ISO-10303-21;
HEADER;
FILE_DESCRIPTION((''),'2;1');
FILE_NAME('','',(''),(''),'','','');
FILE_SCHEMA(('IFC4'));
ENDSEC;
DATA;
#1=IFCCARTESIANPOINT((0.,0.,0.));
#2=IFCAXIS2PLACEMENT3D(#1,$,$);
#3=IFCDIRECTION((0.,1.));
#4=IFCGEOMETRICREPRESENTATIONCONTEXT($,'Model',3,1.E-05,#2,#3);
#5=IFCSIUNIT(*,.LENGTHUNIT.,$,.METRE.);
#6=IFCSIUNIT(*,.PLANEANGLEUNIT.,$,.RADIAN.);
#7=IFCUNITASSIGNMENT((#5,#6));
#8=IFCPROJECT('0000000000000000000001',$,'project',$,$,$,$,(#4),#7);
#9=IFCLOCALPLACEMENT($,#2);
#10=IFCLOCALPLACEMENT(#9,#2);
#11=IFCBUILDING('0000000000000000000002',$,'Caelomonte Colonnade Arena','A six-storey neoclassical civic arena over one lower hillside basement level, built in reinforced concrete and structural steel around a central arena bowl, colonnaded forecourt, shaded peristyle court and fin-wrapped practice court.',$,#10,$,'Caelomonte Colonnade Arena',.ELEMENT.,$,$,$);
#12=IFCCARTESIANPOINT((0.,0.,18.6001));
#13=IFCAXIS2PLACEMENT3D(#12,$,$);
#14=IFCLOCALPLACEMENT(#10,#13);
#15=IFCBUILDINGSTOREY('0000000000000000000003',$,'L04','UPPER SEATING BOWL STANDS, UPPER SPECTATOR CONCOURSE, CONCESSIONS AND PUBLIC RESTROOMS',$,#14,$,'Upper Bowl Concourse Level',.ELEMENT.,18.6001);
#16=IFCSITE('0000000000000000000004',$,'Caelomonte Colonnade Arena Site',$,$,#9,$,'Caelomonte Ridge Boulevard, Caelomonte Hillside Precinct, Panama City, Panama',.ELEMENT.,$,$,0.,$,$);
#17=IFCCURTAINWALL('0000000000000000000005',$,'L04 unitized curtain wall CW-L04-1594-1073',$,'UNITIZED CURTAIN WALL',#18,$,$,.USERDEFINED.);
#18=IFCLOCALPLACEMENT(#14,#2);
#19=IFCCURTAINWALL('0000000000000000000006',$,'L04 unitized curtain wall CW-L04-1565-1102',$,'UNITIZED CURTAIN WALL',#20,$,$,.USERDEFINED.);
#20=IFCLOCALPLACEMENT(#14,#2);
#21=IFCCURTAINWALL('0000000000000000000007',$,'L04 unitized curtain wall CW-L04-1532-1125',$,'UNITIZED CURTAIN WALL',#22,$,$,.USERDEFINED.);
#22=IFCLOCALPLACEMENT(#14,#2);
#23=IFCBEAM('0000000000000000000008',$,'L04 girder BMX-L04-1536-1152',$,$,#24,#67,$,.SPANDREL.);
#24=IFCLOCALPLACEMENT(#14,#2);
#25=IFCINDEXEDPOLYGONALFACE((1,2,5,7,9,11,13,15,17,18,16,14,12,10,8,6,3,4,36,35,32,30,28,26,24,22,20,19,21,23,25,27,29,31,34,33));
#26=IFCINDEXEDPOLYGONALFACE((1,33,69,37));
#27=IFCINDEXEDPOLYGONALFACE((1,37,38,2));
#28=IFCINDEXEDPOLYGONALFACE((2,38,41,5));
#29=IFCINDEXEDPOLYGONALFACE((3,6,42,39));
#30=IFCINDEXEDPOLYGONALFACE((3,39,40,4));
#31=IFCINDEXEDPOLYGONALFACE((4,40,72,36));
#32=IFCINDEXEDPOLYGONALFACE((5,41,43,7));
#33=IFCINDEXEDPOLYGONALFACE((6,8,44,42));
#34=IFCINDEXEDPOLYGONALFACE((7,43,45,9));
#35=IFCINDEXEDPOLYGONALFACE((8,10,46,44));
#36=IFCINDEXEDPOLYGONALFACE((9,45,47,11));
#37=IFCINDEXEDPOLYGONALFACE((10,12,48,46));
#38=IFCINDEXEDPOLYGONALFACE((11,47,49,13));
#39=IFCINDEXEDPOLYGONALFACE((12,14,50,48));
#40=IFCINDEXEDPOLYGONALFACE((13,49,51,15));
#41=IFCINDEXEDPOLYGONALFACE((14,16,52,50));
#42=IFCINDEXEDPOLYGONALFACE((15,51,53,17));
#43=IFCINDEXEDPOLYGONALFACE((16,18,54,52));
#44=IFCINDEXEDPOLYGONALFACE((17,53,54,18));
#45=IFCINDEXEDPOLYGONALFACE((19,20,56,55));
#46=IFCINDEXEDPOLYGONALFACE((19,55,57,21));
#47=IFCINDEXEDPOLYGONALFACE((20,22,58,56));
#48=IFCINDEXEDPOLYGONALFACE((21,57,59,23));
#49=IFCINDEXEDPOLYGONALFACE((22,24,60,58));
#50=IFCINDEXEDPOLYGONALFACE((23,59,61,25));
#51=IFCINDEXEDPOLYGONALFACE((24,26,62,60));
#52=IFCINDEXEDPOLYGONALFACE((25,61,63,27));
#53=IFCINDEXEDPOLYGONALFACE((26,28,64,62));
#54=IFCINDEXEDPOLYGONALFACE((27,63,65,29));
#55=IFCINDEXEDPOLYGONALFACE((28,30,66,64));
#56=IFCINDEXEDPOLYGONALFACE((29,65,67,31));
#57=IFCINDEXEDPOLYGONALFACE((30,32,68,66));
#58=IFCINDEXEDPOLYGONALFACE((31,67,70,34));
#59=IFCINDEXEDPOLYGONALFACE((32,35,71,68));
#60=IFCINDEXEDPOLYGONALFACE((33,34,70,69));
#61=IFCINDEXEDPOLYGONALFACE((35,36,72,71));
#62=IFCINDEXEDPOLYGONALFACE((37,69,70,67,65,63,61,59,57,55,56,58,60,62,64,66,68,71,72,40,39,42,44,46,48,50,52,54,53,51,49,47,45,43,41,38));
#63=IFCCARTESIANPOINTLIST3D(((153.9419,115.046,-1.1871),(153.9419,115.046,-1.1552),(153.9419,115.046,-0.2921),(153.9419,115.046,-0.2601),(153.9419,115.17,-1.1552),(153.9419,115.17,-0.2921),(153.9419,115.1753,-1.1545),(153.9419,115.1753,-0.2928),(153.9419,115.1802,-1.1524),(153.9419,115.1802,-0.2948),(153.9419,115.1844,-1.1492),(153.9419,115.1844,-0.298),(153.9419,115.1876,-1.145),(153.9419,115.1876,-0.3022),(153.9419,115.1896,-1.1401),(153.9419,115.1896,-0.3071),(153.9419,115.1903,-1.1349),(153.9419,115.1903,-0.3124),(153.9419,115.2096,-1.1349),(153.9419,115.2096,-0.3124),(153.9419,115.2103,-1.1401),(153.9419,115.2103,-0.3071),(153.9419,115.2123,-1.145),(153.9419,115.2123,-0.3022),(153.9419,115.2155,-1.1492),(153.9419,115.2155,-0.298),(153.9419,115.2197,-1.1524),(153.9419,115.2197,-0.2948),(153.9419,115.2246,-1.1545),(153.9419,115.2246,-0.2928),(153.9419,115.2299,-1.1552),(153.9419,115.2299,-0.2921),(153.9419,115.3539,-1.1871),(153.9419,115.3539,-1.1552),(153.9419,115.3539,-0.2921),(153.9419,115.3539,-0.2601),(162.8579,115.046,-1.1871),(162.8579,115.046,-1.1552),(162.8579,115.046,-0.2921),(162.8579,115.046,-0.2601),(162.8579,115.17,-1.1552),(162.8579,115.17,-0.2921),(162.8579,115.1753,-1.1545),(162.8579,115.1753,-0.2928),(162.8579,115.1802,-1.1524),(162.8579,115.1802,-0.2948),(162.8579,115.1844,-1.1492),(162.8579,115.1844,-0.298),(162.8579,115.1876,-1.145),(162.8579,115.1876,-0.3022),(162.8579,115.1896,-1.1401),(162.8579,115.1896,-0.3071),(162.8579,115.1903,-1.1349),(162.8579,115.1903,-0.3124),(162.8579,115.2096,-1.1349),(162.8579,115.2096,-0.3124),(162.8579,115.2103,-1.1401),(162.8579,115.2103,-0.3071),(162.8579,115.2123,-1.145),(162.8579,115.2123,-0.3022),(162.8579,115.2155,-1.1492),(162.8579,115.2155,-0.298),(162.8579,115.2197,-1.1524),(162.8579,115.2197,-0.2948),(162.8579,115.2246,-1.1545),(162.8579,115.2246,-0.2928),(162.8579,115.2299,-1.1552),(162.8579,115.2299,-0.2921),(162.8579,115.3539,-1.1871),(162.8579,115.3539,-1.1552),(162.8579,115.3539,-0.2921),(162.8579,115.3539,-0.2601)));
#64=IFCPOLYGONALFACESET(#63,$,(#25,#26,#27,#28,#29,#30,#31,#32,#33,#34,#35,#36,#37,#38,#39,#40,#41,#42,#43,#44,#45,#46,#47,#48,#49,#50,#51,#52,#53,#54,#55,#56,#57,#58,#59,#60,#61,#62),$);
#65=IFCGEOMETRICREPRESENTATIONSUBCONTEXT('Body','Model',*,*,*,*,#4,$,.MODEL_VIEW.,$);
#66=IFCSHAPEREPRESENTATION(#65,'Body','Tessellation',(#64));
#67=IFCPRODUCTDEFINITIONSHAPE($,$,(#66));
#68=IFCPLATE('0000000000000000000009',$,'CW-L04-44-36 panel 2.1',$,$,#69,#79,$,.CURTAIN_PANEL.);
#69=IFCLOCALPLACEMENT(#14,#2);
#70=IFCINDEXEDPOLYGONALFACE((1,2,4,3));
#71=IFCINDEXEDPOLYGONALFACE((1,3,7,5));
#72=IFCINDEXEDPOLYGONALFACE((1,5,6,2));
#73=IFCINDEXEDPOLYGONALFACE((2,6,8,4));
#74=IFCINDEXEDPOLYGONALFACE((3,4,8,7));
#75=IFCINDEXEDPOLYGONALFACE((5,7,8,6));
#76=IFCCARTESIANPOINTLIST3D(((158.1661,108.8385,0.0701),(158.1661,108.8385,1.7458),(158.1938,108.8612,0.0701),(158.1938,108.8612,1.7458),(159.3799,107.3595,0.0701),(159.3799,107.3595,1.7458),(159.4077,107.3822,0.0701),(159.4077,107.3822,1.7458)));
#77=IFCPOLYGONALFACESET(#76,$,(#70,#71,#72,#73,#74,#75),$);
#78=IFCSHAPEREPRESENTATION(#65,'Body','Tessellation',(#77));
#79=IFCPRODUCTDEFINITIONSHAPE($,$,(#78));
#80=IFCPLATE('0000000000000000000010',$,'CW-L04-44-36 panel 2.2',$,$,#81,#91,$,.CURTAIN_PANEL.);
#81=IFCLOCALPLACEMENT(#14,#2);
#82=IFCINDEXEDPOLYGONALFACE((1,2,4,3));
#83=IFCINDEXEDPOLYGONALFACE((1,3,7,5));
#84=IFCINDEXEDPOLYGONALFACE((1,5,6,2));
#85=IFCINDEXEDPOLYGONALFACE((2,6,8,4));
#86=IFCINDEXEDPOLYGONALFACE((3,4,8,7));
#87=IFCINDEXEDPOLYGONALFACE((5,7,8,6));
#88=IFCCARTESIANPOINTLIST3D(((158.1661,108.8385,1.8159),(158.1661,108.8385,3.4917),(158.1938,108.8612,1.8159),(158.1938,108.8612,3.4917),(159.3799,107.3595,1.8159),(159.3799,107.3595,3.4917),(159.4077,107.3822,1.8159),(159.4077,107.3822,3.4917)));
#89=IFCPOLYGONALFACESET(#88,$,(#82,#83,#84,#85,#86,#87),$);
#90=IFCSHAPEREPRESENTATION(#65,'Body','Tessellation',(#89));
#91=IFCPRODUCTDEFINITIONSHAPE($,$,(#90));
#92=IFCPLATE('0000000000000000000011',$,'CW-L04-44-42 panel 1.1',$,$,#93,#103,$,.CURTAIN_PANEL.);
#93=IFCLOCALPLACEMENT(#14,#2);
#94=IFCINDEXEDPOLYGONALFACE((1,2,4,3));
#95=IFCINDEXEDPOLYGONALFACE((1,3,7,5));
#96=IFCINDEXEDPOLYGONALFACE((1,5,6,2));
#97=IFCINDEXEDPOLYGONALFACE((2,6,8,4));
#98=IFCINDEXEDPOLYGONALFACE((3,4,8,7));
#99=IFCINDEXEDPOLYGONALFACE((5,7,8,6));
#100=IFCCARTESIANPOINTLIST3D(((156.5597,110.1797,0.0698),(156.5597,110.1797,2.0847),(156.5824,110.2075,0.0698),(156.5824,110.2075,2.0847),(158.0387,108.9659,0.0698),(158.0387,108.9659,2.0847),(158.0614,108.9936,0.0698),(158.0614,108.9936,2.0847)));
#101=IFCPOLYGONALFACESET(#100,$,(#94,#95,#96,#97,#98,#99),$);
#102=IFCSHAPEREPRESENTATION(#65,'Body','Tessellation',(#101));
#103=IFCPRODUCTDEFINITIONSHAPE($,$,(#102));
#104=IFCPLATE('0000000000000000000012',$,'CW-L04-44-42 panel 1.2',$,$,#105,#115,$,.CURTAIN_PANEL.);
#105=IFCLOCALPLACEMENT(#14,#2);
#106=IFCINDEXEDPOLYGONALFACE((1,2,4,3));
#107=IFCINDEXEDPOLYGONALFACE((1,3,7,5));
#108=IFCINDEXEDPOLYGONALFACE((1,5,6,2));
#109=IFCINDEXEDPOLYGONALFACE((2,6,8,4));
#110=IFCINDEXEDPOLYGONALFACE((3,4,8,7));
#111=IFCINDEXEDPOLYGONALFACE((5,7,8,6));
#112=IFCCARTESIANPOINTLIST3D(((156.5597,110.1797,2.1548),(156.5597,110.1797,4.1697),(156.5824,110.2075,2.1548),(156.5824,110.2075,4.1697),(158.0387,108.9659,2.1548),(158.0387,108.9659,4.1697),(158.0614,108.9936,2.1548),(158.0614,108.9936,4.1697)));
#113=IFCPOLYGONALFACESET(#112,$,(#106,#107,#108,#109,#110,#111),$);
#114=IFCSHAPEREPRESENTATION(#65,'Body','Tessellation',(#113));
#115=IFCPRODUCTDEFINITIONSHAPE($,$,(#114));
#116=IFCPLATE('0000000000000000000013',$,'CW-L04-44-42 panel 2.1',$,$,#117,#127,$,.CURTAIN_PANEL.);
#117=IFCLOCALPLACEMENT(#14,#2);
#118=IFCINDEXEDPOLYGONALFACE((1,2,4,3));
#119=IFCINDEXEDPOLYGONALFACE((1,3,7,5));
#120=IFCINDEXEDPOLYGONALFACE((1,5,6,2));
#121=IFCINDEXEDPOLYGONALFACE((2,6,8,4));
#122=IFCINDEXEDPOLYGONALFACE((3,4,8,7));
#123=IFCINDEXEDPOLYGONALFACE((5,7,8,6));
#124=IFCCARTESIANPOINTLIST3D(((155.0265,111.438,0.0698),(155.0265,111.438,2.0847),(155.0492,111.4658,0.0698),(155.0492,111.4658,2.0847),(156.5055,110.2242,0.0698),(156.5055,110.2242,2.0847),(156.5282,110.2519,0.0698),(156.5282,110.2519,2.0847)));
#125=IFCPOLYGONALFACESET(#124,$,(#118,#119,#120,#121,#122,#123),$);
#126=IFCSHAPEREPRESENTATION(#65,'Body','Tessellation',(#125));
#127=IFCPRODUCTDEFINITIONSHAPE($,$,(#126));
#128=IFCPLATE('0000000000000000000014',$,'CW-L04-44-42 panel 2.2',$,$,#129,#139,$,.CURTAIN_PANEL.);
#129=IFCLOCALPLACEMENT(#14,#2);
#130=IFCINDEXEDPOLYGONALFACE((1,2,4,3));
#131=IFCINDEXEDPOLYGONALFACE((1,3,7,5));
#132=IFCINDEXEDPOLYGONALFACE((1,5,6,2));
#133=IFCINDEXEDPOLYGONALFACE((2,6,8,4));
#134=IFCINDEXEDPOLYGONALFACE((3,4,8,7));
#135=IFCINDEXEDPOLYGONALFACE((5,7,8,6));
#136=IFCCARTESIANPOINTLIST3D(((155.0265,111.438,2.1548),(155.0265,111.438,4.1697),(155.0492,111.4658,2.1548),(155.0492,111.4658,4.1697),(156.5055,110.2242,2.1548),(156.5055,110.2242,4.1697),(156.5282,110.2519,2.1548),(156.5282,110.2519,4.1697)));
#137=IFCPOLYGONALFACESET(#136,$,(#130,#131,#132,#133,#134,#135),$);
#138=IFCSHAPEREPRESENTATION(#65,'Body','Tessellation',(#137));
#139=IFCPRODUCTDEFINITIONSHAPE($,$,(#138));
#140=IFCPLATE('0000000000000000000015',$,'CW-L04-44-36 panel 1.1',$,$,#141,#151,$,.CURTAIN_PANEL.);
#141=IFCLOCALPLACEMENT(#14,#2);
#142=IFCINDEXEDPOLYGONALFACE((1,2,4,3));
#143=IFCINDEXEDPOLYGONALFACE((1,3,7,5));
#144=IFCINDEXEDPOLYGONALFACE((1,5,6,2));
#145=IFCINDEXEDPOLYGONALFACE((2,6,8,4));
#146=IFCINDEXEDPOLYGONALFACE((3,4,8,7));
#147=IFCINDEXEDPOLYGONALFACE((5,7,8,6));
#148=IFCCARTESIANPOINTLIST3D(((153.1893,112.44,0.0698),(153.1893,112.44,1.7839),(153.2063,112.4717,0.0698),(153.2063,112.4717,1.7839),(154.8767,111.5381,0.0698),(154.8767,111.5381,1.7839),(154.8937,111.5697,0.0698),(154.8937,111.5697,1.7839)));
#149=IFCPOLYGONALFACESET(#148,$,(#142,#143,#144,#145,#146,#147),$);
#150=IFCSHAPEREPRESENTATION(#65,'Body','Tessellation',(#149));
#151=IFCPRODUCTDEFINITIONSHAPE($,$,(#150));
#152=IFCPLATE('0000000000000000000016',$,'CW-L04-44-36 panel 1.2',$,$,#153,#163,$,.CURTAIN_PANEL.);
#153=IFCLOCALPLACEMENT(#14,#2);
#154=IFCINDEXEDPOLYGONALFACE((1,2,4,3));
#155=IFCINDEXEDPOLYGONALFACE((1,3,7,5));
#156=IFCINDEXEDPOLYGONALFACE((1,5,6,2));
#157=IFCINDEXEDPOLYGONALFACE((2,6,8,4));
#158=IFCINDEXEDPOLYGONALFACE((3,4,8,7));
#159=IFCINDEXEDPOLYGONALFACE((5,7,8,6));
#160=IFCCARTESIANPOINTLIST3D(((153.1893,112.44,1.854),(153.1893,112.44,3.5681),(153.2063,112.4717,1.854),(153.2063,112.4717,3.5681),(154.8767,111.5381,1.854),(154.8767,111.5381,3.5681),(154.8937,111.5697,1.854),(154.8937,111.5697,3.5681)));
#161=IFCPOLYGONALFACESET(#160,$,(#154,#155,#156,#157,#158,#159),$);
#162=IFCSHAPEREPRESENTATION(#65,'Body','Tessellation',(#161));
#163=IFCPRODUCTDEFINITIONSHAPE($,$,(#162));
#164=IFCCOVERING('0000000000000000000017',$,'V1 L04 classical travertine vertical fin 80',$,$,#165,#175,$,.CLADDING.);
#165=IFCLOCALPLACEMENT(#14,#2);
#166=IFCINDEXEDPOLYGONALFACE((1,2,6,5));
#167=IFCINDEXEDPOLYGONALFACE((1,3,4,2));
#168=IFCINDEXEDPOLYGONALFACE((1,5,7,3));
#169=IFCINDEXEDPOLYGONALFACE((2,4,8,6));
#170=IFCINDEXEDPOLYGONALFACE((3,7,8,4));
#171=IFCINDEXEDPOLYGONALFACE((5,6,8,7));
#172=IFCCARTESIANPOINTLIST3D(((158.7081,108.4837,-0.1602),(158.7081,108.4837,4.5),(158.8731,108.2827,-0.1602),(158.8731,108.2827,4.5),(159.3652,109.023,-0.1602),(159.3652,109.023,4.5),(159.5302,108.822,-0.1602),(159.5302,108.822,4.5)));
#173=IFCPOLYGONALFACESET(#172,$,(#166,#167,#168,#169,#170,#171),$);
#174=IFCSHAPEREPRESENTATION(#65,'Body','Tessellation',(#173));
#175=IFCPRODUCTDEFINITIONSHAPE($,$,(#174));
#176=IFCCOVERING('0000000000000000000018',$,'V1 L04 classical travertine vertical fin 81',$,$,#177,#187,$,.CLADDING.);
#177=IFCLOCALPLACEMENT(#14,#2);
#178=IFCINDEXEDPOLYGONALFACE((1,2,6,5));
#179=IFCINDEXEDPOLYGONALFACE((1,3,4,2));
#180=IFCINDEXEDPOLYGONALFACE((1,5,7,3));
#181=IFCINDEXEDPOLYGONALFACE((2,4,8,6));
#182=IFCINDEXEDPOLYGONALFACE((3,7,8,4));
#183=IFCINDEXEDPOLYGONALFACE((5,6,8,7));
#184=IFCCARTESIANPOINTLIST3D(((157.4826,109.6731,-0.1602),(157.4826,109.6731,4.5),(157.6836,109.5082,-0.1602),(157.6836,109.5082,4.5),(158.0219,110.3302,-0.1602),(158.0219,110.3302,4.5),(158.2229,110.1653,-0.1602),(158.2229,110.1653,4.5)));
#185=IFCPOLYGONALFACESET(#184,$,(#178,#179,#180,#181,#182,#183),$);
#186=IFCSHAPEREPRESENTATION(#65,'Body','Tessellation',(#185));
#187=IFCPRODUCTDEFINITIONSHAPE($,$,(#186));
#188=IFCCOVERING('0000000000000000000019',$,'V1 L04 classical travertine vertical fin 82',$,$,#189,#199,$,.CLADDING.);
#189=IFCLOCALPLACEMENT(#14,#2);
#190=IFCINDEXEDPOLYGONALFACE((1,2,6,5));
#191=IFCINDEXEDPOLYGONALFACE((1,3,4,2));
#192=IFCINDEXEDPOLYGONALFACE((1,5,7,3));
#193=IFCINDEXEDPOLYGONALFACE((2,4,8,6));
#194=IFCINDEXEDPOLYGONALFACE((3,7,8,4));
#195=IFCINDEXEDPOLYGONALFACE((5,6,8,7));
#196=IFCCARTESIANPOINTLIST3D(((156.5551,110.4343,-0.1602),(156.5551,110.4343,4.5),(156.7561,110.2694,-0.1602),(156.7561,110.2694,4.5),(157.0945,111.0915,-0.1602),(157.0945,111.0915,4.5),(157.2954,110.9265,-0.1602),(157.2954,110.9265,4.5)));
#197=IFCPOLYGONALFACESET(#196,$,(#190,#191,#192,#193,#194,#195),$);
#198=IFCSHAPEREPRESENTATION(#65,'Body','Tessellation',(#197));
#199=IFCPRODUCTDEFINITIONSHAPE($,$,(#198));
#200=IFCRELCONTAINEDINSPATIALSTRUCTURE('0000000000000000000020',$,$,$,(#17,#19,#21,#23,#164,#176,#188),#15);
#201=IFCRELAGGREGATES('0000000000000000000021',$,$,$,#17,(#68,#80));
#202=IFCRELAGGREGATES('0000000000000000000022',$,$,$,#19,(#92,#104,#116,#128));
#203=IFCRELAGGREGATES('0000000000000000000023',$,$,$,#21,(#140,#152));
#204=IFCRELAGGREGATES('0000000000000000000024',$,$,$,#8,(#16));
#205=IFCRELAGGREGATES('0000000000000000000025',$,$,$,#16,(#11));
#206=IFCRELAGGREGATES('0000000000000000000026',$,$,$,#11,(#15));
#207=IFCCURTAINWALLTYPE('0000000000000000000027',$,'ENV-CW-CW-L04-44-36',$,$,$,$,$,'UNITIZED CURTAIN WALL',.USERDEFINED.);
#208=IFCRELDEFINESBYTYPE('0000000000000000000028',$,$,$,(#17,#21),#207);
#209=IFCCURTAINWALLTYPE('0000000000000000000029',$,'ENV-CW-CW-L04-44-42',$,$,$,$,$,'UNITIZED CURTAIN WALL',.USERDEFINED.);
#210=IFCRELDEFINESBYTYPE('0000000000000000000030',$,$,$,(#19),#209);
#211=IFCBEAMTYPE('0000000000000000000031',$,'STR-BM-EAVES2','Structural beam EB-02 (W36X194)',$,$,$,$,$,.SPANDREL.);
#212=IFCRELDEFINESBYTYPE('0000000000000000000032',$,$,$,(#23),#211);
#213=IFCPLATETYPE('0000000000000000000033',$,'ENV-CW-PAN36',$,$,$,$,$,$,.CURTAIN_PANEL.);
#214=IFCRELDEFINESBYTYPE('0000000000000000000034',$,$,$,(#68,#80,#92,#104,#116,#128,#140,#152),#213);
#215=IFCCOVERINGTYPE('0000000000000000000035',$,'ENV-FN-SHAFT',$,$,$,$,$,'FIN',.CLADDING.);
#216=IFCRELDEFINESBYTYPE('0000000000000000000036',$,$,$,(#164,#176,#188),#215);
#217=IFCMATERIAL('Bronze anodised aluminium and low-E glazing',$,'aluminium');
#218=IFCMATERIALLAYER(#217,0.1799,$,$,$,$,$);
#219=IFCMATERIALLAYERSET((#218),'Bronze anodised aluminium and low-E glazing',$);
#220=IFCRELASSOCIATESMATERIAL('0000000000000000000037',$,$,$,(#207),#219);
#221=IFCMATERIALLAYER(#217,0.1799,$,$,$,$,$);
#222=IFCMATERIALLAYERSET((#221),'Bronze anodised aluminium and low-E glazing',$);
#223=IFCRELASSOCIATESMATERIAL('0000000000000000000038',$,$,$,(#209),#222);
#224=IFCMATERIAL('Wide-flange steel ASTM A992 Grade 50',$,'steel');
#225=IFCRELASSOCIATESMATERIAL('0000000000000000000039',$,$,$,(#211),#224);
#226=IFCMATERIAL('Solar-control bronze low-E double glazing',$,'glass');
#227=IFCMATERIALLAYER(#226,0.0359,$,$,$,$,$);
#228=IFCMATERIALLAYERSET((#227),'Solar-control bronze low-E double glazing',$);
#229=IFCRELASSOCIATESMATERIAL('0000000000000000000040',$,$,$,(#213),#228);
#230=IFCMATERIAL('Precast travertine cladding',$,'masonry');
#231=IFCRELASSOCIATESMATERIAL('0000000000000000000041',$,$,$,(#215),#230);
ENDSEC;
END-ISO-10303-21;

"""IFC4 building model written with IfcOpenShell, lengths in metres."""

from ifc_helpers import new_model, si_unit, direction, frame, origin, origin_2d, place, context, subcontext, project, spatial, rectangle, i_section, extrude, material, layer, layer_set, material_profile, profile_set, type_object, element, aggregate, save


model = new_model("IFC4")

# Units and contexts
model_context = context("Model", 3, precision=1e-05, world=origin(), true_north=direction((0.0, 1.0)))
body_context = subcontext(model_context, "Body", "Model", "MODEL_VIEW")
ifc_project = project(units=[si_unit("LENGTHUNIT", "METRE"), si_unit("PLANEANGLEUNIT", "RADIAN")], contexts=[model_context])

# Site, building, storey
site_placement = place(None, origin())
site = spatial("IfcSite", under=ifc_project, at=site_placement, Name="Caelomonte Colonnade Arena Site", LongName="Caelomonte Ridge Boulevard, Caelomonte Hillside Precinct, Panama City, Panama", CompositionType="ELEMENT", RefElevation=0.0)
building_placement = place(site_placement, origin())
building = spatial("IfcBuilding", under=site, at=building_placement, Name="Caelomonte Colonnade Arena", Description="A six-storey neoclassical civic arena over one lower hillside basement level, built in reinforced concrete and structural steel around a central arena bowl, colonnaded forecourt, shaded peristyle court and fin-wrapped practice court.", LongName="Caelomonte Colonnade Arena", CompositionType="ELEMENT")
storey_placement = place(building_placement, frame((0.0, 0.0, 18.6001)))
storey = spatial("IfcBuildingStorey", under=building, at=storey_placement, Name="L04", Description="UPPER SEATING BOWL STANDS, UPPER SPECTATOR CONCOURSE, CONCESSIONS AND PUBLIC RESTROOMS", LongName="Upper Bowl Concourse Level", CompositionType="ELEMENT", Elevation=18.6001)

# Curtain wall
ifc_material_1 = material(Name="Bronze anodised aluminium and low-E glazing", Category="aluminium")
ifc_layer_1 = layer(ifc_material_1, 0.1799)
ifc_layer_set_1 = layer_set([ifc_layer_1], Name="Bronze anodised aluminium and low-E glazing")
curtain_wall_type_1 = type_object("IfcCurtainWallType", Name="ENV-CW-CW-L04-44-36", ElementType="UNITIZED CURTAIN WALL", PredefinedType="USERDEFINED", material=ifc_layer_set_1)
curtain_wall_1_placement = place(storey_placement, origin())
curtain_wall_1 = element("IfcCurtainWall", 1, at=curtain_wall_1_placement, inside=storey, type_object=curtain_wall_type_1, Name="L04 unitized curtain wall CW-L04-1594-1073", ObjectType="UNITIZED CURTAIN WALL", PredefinedType="USERDEFINED")

# Curtain wall
ifc_layer_2 = layer(ifc_material_1, 0.1799)
ifc_layer_set_2 = layer_set([ifc_layer_2], Name="Bronze anodised aluminium and low-E glazing")
curtain_wall_type_2 = type_object("IfcCurtainWallType", Name="ENV-CW-CW-L04-44-42", ElementType="UNITIZED CURTAIN WALL", PredefinedType="USERDEFINED", material=ifc_layer_set_2)
curtain_wall_2_placement = place(storey_placement, origin())
curtain_wall_2 = element("IfcCurtainWall", 2, at=curtain_wall_2_placement, inside=storey, type_object=curtain_wall_type_2, Name="L04 unitized curtain wall CW-L04-1565-1102", ObjectType="UNITIZED CURTAIN WALL", PredefinedType="USERDEFINED")

# Curtain wall
curtain_wall_3_placement = place(storey_placement, origin())
curtain_wall_3 = element("IfcCurtainWall", 3, at=curtain_wall_3_placement, inside=storey, type_object=curtain_wall_type_1, Name="L04 unitized curtain wall CW-L04-1532-1125", ObjectType="UNITIZED CURTAIN WALL", PredefinedType="USERDEFINED")

# Beam
ifc_material_2 = material(Name="Wide-flange steel ASTM A992 Grade 50", Category="steel")
ifc_material_profile_1 = material_profile(ifc_material_2, i_section(OverallWidth=0.3079, OverallDepth=0.927, WebThickness=0.0193, FlangeThickness=0.032, FilletRadius=0.0203, at=origin_2d()), Name="W36X194")
ifc_profile_set_1 = profile_set([ifc_material_profile_1], Name="Wide-flange steel ASTM A992 Grade 50")
beam_type = type_object("IfcBeamType", Name="STR-BM-EAVES2", Description="Structural beam EB-02 (W36X194)", PredefinedType="SPANDREL", material=ifc_profile_set_1)
beam_placement = place(storey_placement, frame((153.9419, 115.2, -0.7236), z_axis=(1.0, 0.0, 0.0), x_axis=(0.0, 1.0, 0.0)))
element("IfcBeam", 4, at=beam_placement, inside=storey, type_object=beam_type, Name="L04 girder BMX-L04-1536-1152", PredefinedType="SPANDREL", context=body_context, shape_type="SweptSolid", body=[
    extrude(i_section(OverallWidth=0.3079, OverallDepth=0.927, WebThickness=0.0193, FlangeThickness=0.032, FilletRadius=0.0203, at=origin_2d()), origin(), (0.0, 0.0, 1.0), 8.916),
])

# Plates
ifc_material_3 = material(Name="Solar-control bronze low-E double glazing", Category="glass")
ifc_layer_3 = layer(ifc_material_3, 0.0359)
ifc_layer_set_3 = layer_set([ifc_layer_3], Name="Solar-control bronze low-E double glazing")
plate_type = type_object("IfcPlateType", Name="ENV-CW-PAN36", PredefinedType="CURTAIN_PANEL", material=ifc_layer_set_3)
plate_1_placement = place(storey_placement, frame((158.7869, 108.1104, 0.0701), z_axis=(0.0, 0.0, 1.0), x_axis=(-0.634416, 0.772992, 0.0)))
plate_1 = element("IfcPlate", 5, at=plate_1_placement, type_object=plate_type, Name="CW-L04-44-36 panel 2.1", PredefinedType="CURTAIN_PANEL", context=body_context, shape_type="SweptSolid", body=[
    extrude(rectangle(XDim=1.9133, YDim=0.0359, at=origin_2d()), origin(), (0.0, 0.0, 1.0), 1.6758),
])
plate_2_placement = place(storey_placement, frame((158.7869, 108.1104, 1.8159), z_axis=(0.0, 0.0, 1.0), x_axis=(-0.634416, 0.772992, 0.0)))
plate_2 = element("IfcPlate", 6, at=plate_2_placement, type_object=plate_type, Name="CW-L04-44-36 panel 2.2", PredefinedType="CURTAIN_PANEL", context=body_context, shape_type="SweptSolid", body=[
    extrude(rectangle(XDim=1.9133, YDim=0.0359, at=origin_2d()), origin(), (0.0, 0.0, 1.0), 1.6758),
])
aggregate(curtain_wall_1, [plate_1, plate_2])
plate_3_placement = place(storey_placement, frame((157.3105, 109.5867, 0.0698), z_axis=(0.0, 0.0, 1.0), x_axis=(-0.772992, 0.634416, 0.0)))
plate_3 = element("IfcPlate", 7, at=plate_3_placement, type_object=plate_type, Name="CW-L04-44-42 panel 1.1", PredefinedType="CURTAIN_PANEL", context=body_context, shape_type="SweptSolid", body=[
    extrude(rectangle(XDim=1.9133, YDim=0.0359, at=origin_2d()), origin(), (0.0, 0.0, 1.0), 2.0149),
])
plate_4_placement = place(storey_placement, frame((157.3105, 109.5867, 2.1548), z_axis=(0.0, 0.0, 1.0), x_axis=(-0.772992, 0.634416, 0.0)))
plate_4 = element("IfcPlate", 8, at=plate_4_placement, type_object=plate_type, Name="CW-L04-44-42 panel 1.2", PredefinedType="CURTAIN_PANEL", context=body_context, shape_type="SweptSolid", body=[
    extrude(rectangle(XDim=1.9133, YDim=0.0359, at=origin_2d()), origin(), (0.0, 0.0, 1.0), 2.0149),
])
plate_5_placement = place(storey_placement, frame((155.7773, 110.845, 0.0698), z_axis=(0.0, 0.0, 1.0), x_axis=(-0.772992, 0.634416, 0.0)))
plate_5 = element("IfcPlate", 9, at=plate_5_placement, type_object=plate_type, Name="CW-L04-44-42 panel 2.1", PredefinedType="CURTAIN_PANEL", context=body_context, shape_type="SweptSolid", body=[
    extrude(rectangle(XDim=1.9133, YDim=0.0359, at=origin_2d()), origin(), (0.0, 0.0, 1.0), 2.0149),
])
plate_6_placement = place(storey_placement, frame((155.7773, 110.845, 2.1548), z_axis=(0.0, 0.0, 1.0), x_axis=(-0.772992, 0.634416, 0.0)))
plate_6 = element("IfcPlate", 10, at=plate_6_placement, type_object=plate_type, Name="CW-L04-44-42 panel 2.2", PredefinedType="CURTAIN_PANEL", context=body_context, shape_type="SweptSolid", body=[
    extrude(rectangle(XDim=1.9133, YDim=0.0359, at=origin_2d()), origin(), (0.0, 0.0, 1.0), 2.0149),
])
aggregate(curtain_wall_2, [plate_3, plate_4, plate_5, plate_6])
plate_7_placement = place(storey_placement, frame((154.0415, 112.0049, 0.0698), z_axis=(0.0, 0.0, 1.0), x_axis=(-0.881923, 0.471394, 0.0)))
plate_7 = element("IfcPlate", 11, at=plate_7_placement, type_object=plate_type, Name="CW-L04-44-36 panel 1.1", PredefinedType="CURTAIN_PANEL", context=body_context, shape_type="SweptSolid", body=[
    extrude(rectangle(XDim=1.9133, YDim=0.0359, at=origin_2d()), origin(), (0.0, 0.0, 1.0), 1.7141),
])
plate_8_placement = place(storey_placement, frame((154.0415, 112.0049, 1.854), z_axis=(0.0, 0.0, 1.0), x_axis=(-0.881923, 0.471394, 0.0)))
plate_8 = element("IfcPlate", 12, at=plate_8_placement, type_object=plate_type, Name="CW-L04-44-36 panel 1.2", PredefinedType="CURTAIN_PANEL", context=body_context, shape_type="SweptSolid", body=[
    extrude(rectangle(XDim=1.9133, YDim=0.0359, at=origin_2d()), origin(), (0.0, 0.0, 1.0), 1.7141),
])
aggregate(curtain_wall_3, [plate_7, plate_8])

# Coverings
ifc_material_4 = material(Name="Precast travertine cladding", Category="masonry")
ifc_material_profile_2 = material_profile(ifc_material_4, rectangle(XDim=0.26, YDim=0.8501, at=origin_2d()), Name="FIN260X850")
ifc_profile_set_2 = profile_set([ifc_material_profile_2], Name="Precast travertine cladding")
covering_type = type_object("IfcCoveringType", Name="ENV-FN-SHAFT", ElementType="FIN", PredefinedType="CLADDING", material=ifc_profile_set_2)
for number, where, z_axis, x_axis, name in (
    (13, (159.1191, 108.6528, -0.1602), (0.0, 0.0, 1.0), (0.634414, -0.772994, 0.0), "V1 L04 classical travertine vertical fin 80"),
    (14, (157.8528, 109.9192, -0.1602), (0.0, 0.0, 1.0), (0.772994, -0.634414, 0.0), "V1 L04 classical travertine vertical fin 81"),
    (15, (156.9253, 110.6804, -0.1602), (0.0, 0.0, 1.0), (0.772994, -0.634414, 0.0), "V1 L04 classical travertine vertical fin 82"),
):
    element("IfcCovering", number, at=place(storey_placement, frame(where, z_axis=z_axis, x_axis=x_axis)), inside=storey, type_object=covering_type, Name=name, PredefinedType="CLADDING", context=body_context, shape_type="SweptSolid", body=[
        extrude(rectangle(XDim=0.26, YDim=0.8501, at=origin_2d()), origin(), (0.0, 0.0, 1.0), 4.6602),
    ])

save(model, "model.ifc")
